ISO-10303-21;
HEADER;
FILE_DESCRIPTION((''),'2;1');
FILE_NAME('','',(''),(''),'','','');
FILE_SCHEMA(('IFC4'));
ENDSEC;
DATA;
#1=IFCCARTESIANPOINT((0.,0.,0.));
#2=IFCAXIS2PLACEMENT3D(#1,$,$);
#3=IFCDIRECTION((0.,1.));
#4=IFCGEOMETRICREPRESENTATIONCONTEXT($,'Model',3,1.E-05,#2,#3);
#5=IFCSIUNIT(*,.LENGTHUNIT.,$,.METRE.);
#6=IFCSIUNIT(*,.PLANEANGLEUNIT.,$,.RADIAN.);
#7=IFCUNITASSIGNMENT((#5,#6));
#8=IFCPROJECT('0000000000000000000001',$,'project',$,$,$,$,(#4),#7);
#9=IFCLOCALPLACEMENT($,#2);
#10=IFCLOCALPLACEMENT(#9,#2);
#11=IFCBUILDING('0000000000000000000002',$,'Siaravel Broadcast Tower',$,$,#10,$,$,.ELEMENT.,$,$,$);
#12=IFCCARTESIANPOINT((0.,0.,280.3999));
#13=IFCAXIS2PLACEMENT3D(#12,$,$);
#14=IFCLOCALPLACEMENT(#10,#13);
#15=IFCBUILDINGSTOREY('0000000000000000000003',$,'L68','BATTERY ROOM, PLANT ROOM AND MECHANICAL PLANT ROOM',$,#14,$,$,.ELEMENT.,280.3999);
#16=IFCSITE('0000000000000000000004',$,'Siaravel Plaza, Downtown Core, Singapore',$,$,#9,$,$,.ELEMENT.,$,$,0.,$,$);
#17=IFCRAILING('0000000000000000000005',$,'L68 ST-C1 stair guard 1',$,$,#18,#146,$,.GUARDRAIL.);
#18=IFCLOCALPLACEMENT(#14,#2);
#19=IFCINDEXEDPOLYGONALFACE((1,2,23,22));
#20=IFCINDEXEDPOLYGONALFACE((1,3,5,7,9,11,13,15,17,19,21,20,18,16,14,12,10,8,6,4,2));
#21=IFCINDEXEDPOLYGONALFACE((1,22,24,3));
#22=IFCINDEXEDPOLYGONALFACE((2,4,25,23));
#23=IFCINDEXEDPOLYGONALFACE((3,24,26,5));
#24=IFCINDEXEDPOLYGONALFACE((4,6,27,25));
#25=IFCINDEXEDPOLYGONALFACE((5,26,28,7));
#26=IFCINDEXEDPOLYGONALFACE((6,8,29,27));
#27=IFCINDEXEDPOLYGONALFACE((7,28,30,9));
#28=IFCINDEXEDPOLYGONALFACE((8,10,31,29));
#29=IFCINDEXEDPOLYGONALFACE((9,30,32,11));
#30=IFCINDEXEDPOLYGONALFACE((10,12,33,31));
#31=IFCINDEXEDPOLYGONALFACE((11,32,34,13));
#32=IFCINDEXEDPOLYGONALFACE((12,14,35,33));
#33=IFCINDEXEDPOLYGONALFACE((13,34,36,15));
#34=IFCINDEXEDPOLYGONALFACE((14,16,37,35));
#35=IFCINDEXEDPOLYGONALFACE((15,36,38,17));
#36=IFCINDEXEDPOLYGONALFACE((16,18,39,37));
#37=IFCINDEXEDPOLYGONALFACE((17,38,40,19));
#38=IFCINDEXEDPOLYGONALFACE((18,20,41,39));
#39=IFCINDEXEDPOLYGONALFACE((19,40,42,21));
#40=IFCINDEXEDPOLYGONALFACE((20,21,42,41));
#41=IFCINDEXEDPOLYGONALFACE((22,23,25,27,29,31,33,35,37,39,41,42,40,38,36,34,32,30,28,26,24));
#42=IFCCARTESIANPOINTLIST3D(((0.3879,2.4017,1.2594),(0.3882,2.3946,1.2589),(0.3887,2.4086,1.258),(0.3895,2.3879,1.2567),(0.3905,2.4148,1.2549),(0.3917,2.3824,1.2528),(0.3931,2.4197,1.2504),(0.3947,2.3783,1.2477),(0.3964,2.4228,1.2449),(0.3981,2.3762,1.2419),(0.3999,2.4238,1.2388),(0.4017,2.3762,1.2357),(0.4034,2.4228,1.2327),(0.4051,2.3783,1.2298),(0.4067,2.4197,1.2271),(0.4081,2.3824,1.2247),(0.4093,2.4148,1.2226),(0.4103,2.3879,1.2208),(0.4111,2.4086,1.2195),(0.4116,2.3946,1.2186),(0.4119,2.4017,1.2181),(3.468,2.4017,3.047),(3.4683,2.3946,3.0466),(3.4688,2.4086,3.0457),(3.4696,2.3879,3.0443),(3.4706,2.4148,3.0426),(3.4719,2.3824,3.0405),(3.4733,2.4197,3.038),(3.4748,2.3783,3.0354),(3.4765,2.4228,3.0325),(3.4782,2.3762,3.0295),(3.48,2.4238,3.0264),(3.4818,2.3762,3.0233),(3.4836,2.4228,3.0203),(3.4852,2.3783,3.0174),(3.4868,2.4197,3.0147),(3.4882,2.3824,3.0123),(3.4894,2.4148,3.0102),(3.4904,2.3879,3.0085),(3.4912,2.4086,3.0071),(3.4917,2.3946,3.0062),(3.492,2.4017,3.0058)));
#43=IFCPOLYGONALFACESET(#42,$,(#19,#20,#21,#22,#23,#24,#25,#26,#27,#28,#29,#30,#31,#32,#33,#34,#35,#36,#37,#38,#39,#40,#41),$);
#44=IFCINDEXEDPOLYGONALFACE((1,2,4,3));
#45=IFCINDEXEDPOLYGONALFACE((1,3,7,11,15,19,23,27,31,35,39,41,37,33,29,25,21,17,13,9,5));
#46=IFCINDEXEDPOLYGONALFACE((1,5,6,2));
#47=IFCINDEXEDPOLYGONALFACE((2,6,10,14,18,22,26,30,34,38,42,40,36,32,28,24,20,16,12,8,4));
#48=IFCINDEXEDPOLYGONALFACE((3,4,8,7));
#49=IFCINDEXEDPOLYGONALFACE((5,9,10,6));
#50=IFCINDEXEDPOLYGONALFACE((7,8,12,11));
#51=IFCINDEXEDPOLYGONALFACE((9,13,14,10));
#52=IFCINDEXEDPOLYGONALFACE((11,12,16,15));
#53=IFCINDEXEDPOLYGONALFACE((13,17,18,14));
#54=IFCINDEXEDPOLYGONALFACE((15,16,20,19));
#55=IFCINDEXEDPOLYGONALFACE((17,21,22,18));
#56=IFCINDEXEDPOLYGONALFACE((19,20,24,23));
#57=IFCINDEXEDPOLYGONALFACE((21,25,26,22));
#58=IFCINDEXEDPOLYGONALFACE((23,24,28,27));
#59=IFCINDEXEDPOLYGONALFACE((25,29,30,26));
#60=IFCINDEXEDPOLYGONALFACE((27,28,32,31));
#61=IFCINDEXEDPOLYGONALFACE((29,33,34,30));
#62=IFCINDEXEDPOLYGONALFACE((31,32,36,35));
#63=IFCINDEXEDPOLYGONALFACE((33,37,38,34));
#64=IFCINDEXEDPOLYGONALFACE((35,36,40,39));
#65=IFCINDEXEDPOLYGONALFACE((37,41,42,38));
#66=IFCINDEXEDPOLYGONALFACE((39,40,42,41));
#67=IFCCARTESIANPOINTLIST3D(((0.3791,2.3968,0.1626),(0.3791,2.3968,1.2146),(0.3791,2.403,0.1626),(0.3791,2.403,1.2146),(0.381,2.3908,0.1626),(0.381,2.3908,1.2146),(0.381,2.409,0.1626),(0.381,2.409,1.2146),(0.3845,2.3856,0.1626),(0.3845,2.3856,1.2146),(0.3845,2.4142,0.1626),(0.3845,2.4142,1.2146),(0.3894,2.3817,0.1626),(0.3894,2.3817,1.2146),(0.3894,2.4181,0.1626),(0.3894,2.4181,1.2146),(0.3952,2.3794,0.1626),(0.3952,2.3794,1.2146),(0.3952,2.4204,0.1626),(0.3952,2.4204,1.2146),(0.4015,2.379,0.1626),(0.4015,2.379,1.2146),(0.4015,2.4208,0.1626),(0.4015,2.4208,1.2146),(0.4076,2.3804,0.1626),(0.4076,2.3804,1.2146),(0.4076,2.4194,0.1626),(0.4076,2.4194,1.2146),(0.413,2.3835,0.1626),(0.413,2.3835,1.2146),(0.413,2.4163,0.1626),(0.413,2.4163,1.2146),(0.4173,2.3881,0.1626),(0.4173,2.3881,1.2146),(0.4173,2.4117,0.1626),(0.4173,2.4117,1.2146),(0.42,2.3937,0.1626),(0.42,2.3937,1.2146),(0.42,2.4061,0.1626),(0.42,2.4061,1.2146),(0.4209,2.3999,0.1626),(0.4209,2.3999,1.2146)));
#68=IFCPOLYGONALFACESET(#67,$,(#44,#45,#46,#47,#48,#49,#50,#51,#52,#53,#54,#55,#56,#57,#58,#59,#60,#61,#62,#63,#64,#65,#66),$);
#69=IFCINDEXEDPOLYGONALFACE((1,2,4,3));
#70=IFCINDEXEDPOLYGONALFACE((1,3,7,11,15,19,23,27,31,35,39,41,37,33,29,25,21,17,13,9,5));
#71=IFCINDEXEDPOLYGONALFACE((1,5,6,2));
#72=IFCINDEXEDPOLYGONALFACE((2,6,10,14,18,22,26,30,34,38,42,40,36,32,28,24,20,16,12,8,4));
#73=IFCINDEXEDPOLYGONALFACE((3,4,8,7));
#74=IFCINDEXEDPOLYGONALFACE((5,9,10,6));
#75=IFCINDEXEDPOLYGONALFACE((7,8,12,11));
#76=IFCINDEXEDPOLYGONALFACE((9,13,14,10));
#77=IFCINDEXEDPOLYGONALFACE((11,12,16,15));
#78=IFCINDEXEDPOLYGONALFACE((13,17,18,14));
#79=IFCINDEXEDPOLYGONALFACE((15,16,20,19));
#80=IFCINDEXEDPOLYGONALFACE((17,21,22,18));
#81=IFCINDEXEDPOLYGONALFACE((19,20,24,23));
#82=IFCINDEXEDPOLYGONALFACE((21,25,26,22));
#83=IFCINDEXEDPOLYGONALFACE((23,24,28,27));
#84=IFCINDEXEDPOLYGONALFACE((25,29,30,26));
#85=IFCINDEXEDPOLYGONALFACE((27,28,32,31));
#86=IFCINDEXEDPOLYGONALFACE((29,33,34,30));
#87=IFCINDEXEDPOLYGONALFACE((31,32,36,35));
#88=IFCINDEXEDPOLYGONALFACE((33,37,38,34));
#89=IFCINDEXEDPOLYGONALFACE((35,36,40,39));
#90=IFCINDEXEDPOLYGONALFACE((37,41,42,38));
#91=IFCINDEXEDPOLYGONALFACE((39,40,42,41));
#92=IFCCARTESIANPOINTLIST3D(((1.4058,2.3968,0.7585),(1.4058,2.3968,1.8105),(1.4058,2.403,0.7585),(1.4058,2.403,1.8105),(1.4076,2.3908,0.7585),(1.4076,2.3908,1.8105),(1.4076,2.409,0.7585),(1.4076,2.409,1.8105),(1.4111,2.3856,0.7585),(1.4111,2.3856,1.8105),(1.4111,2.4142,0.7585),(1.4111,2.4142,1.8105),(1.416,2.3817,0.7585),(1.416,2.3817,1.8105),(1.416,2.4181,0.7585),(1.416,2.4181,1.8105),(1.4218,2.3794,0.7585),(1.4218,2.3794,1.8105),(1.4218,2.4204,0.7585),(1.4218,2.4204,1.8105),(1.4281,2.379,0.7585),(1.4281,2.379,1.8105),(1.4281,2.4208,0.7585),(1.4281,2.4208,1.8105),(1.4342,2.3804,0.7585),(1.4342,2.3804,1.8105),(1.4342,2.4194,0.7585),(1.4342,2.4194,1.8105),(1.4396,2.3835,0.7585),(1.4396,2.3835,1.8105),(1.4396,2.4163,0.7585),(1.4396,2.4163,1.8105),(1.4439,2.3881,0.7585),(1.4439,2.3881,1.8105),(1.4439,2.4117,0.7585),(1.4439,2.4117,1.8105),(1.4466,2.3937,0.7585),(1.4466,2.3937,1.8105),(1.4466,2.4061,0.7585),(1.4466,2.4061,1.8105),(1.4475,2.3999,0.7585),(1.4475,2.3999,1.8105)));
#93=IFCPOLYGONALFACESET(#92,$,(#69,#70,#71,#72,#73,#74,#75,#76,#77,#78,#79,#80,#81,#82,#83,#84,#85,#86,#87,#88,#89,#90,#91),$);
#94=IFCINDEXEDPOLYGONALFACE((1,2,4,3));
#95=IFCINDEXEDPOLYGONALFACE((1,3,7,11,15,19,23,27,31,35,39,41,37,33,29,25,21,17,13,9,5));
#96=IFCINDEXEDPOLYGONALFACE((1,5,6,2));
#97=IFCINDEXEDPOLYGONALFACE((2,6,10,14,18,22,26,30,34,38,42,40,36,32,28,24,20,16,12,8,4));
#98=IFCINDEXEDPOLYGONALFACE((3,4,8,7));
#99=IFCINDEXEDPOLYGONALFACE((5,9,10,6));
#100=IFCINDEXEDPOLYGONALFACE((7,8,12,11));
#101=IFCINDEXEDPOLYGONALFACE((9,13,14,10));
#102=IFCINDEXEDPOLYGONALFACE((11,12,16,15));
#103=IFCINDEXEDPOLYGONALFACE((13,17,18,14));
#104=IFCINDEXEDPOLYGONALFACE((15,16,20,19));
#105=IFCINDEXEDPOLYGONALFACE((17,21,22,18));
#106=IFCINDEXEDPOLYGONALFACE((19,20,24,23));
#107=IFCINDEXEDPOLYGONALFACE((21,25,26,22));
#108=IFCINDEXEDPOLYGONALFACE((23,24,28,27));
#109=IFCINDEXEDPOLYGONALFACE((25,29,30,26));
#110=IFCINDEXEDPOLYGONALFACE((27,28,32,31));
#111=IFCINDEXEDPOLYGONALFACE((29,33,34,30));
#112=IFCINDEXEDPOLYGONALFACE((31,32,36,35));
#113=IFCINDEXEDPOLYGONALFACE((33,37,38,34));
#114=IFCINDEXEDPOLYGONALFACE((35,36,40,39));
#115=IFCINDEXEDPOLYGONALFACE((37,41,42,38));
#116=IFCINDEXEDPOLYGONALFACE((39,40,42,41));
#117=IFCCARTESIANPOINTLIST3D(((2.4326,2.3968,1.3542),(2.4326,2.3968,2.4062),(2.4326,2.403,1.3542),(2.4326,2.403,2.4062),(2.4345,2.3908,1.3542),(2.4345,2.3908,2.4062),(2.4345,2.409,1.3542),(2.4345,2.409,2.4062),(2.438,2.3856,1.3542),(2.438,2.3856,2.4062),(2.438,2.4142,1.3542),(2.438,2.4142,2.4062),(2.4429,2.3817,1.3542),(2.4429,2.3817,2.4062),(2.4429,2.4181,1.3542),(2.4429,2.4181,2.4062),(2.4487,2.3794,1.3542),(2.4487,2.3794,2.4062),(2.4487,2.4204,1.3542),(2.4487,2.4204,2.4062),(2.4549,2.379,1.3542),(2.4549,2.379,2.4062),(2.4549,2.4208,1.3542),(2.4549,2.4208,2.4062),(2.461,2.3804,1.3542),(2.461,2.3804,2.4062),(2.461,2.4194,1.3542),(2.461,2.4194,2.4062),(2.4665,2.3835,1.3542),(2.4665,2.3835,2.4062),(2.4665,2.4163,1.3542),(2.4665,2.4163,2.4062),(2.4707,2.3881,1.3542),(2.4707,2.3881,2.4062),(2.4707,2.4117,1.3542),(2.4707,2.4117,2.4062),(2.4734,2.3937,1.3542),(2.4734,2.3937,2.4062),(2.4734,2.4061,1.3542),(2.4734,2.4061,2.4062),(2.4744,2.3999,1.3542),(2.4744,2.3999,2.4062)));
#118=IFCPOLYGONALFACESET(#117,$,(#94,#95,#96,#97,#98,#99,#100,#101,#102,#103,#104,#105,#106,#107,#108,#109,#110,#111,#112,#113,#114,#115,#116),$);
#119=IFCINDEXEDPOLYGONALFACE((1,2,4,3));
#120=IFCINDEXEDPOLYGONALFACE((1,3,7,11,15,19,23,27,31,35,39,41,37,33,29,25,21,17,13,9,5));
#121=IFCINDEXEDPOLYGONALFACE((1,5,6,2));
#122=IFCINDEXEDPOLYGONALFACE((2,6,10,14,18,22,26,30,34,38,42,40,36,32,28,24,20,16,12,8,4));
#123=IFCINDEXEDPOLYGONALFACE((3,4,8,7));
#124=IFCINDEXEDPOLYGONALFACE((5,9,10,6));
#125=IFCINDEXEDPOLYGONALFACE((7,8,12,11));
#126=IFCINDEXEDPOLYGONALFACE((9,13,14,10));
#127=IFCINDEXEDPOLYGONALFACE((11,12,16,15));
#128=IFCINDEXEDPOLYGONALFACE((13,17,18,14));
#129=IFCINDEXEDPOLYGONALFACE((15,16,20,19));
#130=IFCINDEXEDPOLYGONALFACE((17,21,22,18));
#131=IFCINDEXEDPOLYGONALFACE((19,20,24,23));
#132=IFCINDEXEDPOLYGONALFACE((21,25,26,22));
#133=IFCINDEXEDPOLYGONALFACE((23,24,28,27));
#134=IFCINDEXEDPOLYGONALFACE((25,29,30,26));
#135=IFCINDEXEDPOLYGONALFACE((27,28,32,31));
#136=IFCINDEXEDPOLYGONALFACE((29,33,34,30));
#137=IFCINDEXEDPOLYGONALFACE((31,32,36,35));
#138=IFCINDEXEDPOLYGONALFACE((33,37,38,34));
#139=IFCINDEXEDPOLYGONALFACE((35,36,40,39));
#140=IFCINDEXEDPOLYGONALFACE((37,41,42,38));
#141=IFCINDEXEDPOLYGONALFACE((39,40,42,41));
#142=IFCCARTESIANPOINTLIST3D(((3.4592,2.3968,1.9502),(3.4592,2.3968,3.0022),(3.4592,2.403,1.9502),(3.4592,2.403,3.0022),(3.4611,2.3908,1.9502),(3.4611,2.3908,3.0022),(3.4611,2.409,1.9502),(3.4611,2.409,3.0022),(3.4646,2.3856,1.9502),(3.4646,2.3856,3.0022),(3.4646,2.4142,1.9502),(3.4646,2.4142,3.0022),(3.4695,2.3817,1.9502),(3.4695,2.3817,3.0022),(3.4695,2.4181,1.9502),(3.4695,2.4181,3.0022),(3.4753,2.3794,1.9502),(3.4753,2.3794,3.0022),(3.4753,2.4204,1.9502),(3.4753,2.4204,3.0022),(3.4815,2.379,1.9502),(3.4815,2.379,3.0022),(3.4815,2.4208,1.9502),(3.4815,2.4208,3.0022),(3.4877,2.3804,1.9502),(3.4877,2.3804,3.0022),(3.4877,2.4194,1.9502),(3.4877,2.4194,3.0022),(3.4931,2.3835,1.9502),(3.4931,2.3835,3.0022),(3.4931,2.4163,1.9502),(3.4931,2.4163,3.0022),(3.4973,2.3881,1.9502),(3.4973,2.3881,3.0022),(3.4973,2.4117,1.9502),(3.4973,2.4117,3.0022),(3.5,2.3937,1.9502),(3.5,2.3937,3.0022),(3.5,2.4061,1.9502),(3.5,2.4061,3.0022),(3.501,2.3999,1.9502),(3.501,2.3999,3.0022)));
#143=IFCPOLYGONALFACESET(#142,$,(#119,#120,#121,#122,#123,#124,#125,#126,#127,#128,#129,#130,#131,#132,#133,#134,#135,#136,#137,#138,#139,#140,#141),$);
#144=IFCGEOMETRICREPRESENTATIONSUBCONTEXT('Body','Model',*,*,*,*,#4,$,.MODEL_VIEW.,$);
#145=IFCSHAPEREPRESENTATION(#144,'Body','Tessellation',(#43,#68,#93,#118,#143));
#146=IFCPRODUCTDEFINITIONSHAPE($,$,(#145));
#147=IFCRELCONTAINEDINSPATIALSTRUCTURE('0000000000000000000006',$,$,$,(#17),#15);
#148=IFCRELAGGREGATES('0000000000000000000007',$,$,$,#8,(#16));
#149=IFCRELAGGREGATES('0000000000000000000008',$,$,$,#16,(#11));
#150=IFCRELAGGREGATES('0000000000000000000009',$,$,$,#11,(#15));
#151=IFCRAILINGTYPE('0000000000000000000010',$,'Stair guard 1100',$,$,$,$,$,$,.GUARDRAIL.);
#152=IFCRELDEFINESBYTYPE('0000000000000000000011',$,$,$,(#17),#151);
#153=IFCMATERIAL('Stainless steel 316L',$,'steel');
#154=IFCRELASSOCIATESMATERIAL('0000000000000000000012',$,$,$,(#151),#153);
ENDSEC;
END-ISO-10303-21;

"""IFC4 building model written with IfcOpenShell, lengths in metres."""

from ifc_helpers import new_model, si_unit, direction, frame, origin, origin_2d, place, context, subcontext, project, spatial, circle, extrude, material, type_object, element, save


model = new_model("IFC4")

# Units and contexts
model_context = context("Model", 3, precision=1e-05, world=origin(), true_north=direction((0.0, 1.0)))
body_context = subcontext(model_context, "Body", "Model", "MODEL_VIEW")
ifc_project = project(units=[si_unit("LENGTHUNIT", "METRE"), si_unit("PLANEANGLEUNIT", "RADIAN")], contexts=[model_context])

# Site, building, storey
site_placement = place(None, origin())
site = spatial("IfcSite", under=ifc_project, at=site_placement, Name="Siaravel Plaza, Downtown Core, Singapore", CompositionType="ELEMENT", RefElevation=0.0)
building_placement = place(site_placement, origin())
building = spatial("IfcBuilding", under=site, at=building_placement, Name="Siaravel Broadcast Tower", CompositionType="ELEMENT")
storey_placement = place(building_placement, frame((0.0, 0.0, 280.3999)))
storey = spatial("IfcBuildingStorey", under=building, at=storey_placement, Name="L68", Description="BATTERY ROOM, PLANT ROOM AND MECHANICAL PLANT ROOM", CompositionType="ELEMENT", Elevation=280.3999)

# Railing
ifc_material_1 = material(Name="Stainless steel 316L", Category="steel")
railing_type_1 = type_object("IfcRailingType", Name="Stair guard 1100", PredefinedType="GUARDRAIL", material=ifc_material_1)
railing_1_placement = place(storey_placement, frame((0.3999, 2.3999, 0.1626)))
element("IfcRailing", 1, at=railing_1_placement, inside=storey, type_object=railing_type_1, Name="L68 ST-C1 stair guard 1", PredefinedType="GUARDRAIL", context=body_context, shape_type="SweptSolid", body=[
    extrude(circle(Radius=0.0239, at=origin_2d()), frame((0.0, 0.0, 1.0762), z_axis=(0.864891, 0.0, 0.50196), x_axis=(0.0, 1.0, 0.0)), (0.0, 0.0, 1.0), 3.5613),
    extrude(circle(Radius=0.021, at=origin_2d()), origin(), (0.0, 0.0, 1.0), 1.052),
    extrude(circle(Radius=0.021, at=origin_2d()), frame((1.0266, 0.0, 0.5959)), (0.0, 0.0, 1.0), 1.052),
    extrude(circle(Radius=0.021, at=origin_2d()), frame((2.0535, 0.0, 1.1917)), (0.0, 0.0, 1.0), 1.052),
    extrude(circle(Radius=0.021, at=origin_2d()), frame((3.0801, 0.0, 1.7876)), (0.0, 0.0, 1.0), 1.052),
])

save(model, "model.ifc")
